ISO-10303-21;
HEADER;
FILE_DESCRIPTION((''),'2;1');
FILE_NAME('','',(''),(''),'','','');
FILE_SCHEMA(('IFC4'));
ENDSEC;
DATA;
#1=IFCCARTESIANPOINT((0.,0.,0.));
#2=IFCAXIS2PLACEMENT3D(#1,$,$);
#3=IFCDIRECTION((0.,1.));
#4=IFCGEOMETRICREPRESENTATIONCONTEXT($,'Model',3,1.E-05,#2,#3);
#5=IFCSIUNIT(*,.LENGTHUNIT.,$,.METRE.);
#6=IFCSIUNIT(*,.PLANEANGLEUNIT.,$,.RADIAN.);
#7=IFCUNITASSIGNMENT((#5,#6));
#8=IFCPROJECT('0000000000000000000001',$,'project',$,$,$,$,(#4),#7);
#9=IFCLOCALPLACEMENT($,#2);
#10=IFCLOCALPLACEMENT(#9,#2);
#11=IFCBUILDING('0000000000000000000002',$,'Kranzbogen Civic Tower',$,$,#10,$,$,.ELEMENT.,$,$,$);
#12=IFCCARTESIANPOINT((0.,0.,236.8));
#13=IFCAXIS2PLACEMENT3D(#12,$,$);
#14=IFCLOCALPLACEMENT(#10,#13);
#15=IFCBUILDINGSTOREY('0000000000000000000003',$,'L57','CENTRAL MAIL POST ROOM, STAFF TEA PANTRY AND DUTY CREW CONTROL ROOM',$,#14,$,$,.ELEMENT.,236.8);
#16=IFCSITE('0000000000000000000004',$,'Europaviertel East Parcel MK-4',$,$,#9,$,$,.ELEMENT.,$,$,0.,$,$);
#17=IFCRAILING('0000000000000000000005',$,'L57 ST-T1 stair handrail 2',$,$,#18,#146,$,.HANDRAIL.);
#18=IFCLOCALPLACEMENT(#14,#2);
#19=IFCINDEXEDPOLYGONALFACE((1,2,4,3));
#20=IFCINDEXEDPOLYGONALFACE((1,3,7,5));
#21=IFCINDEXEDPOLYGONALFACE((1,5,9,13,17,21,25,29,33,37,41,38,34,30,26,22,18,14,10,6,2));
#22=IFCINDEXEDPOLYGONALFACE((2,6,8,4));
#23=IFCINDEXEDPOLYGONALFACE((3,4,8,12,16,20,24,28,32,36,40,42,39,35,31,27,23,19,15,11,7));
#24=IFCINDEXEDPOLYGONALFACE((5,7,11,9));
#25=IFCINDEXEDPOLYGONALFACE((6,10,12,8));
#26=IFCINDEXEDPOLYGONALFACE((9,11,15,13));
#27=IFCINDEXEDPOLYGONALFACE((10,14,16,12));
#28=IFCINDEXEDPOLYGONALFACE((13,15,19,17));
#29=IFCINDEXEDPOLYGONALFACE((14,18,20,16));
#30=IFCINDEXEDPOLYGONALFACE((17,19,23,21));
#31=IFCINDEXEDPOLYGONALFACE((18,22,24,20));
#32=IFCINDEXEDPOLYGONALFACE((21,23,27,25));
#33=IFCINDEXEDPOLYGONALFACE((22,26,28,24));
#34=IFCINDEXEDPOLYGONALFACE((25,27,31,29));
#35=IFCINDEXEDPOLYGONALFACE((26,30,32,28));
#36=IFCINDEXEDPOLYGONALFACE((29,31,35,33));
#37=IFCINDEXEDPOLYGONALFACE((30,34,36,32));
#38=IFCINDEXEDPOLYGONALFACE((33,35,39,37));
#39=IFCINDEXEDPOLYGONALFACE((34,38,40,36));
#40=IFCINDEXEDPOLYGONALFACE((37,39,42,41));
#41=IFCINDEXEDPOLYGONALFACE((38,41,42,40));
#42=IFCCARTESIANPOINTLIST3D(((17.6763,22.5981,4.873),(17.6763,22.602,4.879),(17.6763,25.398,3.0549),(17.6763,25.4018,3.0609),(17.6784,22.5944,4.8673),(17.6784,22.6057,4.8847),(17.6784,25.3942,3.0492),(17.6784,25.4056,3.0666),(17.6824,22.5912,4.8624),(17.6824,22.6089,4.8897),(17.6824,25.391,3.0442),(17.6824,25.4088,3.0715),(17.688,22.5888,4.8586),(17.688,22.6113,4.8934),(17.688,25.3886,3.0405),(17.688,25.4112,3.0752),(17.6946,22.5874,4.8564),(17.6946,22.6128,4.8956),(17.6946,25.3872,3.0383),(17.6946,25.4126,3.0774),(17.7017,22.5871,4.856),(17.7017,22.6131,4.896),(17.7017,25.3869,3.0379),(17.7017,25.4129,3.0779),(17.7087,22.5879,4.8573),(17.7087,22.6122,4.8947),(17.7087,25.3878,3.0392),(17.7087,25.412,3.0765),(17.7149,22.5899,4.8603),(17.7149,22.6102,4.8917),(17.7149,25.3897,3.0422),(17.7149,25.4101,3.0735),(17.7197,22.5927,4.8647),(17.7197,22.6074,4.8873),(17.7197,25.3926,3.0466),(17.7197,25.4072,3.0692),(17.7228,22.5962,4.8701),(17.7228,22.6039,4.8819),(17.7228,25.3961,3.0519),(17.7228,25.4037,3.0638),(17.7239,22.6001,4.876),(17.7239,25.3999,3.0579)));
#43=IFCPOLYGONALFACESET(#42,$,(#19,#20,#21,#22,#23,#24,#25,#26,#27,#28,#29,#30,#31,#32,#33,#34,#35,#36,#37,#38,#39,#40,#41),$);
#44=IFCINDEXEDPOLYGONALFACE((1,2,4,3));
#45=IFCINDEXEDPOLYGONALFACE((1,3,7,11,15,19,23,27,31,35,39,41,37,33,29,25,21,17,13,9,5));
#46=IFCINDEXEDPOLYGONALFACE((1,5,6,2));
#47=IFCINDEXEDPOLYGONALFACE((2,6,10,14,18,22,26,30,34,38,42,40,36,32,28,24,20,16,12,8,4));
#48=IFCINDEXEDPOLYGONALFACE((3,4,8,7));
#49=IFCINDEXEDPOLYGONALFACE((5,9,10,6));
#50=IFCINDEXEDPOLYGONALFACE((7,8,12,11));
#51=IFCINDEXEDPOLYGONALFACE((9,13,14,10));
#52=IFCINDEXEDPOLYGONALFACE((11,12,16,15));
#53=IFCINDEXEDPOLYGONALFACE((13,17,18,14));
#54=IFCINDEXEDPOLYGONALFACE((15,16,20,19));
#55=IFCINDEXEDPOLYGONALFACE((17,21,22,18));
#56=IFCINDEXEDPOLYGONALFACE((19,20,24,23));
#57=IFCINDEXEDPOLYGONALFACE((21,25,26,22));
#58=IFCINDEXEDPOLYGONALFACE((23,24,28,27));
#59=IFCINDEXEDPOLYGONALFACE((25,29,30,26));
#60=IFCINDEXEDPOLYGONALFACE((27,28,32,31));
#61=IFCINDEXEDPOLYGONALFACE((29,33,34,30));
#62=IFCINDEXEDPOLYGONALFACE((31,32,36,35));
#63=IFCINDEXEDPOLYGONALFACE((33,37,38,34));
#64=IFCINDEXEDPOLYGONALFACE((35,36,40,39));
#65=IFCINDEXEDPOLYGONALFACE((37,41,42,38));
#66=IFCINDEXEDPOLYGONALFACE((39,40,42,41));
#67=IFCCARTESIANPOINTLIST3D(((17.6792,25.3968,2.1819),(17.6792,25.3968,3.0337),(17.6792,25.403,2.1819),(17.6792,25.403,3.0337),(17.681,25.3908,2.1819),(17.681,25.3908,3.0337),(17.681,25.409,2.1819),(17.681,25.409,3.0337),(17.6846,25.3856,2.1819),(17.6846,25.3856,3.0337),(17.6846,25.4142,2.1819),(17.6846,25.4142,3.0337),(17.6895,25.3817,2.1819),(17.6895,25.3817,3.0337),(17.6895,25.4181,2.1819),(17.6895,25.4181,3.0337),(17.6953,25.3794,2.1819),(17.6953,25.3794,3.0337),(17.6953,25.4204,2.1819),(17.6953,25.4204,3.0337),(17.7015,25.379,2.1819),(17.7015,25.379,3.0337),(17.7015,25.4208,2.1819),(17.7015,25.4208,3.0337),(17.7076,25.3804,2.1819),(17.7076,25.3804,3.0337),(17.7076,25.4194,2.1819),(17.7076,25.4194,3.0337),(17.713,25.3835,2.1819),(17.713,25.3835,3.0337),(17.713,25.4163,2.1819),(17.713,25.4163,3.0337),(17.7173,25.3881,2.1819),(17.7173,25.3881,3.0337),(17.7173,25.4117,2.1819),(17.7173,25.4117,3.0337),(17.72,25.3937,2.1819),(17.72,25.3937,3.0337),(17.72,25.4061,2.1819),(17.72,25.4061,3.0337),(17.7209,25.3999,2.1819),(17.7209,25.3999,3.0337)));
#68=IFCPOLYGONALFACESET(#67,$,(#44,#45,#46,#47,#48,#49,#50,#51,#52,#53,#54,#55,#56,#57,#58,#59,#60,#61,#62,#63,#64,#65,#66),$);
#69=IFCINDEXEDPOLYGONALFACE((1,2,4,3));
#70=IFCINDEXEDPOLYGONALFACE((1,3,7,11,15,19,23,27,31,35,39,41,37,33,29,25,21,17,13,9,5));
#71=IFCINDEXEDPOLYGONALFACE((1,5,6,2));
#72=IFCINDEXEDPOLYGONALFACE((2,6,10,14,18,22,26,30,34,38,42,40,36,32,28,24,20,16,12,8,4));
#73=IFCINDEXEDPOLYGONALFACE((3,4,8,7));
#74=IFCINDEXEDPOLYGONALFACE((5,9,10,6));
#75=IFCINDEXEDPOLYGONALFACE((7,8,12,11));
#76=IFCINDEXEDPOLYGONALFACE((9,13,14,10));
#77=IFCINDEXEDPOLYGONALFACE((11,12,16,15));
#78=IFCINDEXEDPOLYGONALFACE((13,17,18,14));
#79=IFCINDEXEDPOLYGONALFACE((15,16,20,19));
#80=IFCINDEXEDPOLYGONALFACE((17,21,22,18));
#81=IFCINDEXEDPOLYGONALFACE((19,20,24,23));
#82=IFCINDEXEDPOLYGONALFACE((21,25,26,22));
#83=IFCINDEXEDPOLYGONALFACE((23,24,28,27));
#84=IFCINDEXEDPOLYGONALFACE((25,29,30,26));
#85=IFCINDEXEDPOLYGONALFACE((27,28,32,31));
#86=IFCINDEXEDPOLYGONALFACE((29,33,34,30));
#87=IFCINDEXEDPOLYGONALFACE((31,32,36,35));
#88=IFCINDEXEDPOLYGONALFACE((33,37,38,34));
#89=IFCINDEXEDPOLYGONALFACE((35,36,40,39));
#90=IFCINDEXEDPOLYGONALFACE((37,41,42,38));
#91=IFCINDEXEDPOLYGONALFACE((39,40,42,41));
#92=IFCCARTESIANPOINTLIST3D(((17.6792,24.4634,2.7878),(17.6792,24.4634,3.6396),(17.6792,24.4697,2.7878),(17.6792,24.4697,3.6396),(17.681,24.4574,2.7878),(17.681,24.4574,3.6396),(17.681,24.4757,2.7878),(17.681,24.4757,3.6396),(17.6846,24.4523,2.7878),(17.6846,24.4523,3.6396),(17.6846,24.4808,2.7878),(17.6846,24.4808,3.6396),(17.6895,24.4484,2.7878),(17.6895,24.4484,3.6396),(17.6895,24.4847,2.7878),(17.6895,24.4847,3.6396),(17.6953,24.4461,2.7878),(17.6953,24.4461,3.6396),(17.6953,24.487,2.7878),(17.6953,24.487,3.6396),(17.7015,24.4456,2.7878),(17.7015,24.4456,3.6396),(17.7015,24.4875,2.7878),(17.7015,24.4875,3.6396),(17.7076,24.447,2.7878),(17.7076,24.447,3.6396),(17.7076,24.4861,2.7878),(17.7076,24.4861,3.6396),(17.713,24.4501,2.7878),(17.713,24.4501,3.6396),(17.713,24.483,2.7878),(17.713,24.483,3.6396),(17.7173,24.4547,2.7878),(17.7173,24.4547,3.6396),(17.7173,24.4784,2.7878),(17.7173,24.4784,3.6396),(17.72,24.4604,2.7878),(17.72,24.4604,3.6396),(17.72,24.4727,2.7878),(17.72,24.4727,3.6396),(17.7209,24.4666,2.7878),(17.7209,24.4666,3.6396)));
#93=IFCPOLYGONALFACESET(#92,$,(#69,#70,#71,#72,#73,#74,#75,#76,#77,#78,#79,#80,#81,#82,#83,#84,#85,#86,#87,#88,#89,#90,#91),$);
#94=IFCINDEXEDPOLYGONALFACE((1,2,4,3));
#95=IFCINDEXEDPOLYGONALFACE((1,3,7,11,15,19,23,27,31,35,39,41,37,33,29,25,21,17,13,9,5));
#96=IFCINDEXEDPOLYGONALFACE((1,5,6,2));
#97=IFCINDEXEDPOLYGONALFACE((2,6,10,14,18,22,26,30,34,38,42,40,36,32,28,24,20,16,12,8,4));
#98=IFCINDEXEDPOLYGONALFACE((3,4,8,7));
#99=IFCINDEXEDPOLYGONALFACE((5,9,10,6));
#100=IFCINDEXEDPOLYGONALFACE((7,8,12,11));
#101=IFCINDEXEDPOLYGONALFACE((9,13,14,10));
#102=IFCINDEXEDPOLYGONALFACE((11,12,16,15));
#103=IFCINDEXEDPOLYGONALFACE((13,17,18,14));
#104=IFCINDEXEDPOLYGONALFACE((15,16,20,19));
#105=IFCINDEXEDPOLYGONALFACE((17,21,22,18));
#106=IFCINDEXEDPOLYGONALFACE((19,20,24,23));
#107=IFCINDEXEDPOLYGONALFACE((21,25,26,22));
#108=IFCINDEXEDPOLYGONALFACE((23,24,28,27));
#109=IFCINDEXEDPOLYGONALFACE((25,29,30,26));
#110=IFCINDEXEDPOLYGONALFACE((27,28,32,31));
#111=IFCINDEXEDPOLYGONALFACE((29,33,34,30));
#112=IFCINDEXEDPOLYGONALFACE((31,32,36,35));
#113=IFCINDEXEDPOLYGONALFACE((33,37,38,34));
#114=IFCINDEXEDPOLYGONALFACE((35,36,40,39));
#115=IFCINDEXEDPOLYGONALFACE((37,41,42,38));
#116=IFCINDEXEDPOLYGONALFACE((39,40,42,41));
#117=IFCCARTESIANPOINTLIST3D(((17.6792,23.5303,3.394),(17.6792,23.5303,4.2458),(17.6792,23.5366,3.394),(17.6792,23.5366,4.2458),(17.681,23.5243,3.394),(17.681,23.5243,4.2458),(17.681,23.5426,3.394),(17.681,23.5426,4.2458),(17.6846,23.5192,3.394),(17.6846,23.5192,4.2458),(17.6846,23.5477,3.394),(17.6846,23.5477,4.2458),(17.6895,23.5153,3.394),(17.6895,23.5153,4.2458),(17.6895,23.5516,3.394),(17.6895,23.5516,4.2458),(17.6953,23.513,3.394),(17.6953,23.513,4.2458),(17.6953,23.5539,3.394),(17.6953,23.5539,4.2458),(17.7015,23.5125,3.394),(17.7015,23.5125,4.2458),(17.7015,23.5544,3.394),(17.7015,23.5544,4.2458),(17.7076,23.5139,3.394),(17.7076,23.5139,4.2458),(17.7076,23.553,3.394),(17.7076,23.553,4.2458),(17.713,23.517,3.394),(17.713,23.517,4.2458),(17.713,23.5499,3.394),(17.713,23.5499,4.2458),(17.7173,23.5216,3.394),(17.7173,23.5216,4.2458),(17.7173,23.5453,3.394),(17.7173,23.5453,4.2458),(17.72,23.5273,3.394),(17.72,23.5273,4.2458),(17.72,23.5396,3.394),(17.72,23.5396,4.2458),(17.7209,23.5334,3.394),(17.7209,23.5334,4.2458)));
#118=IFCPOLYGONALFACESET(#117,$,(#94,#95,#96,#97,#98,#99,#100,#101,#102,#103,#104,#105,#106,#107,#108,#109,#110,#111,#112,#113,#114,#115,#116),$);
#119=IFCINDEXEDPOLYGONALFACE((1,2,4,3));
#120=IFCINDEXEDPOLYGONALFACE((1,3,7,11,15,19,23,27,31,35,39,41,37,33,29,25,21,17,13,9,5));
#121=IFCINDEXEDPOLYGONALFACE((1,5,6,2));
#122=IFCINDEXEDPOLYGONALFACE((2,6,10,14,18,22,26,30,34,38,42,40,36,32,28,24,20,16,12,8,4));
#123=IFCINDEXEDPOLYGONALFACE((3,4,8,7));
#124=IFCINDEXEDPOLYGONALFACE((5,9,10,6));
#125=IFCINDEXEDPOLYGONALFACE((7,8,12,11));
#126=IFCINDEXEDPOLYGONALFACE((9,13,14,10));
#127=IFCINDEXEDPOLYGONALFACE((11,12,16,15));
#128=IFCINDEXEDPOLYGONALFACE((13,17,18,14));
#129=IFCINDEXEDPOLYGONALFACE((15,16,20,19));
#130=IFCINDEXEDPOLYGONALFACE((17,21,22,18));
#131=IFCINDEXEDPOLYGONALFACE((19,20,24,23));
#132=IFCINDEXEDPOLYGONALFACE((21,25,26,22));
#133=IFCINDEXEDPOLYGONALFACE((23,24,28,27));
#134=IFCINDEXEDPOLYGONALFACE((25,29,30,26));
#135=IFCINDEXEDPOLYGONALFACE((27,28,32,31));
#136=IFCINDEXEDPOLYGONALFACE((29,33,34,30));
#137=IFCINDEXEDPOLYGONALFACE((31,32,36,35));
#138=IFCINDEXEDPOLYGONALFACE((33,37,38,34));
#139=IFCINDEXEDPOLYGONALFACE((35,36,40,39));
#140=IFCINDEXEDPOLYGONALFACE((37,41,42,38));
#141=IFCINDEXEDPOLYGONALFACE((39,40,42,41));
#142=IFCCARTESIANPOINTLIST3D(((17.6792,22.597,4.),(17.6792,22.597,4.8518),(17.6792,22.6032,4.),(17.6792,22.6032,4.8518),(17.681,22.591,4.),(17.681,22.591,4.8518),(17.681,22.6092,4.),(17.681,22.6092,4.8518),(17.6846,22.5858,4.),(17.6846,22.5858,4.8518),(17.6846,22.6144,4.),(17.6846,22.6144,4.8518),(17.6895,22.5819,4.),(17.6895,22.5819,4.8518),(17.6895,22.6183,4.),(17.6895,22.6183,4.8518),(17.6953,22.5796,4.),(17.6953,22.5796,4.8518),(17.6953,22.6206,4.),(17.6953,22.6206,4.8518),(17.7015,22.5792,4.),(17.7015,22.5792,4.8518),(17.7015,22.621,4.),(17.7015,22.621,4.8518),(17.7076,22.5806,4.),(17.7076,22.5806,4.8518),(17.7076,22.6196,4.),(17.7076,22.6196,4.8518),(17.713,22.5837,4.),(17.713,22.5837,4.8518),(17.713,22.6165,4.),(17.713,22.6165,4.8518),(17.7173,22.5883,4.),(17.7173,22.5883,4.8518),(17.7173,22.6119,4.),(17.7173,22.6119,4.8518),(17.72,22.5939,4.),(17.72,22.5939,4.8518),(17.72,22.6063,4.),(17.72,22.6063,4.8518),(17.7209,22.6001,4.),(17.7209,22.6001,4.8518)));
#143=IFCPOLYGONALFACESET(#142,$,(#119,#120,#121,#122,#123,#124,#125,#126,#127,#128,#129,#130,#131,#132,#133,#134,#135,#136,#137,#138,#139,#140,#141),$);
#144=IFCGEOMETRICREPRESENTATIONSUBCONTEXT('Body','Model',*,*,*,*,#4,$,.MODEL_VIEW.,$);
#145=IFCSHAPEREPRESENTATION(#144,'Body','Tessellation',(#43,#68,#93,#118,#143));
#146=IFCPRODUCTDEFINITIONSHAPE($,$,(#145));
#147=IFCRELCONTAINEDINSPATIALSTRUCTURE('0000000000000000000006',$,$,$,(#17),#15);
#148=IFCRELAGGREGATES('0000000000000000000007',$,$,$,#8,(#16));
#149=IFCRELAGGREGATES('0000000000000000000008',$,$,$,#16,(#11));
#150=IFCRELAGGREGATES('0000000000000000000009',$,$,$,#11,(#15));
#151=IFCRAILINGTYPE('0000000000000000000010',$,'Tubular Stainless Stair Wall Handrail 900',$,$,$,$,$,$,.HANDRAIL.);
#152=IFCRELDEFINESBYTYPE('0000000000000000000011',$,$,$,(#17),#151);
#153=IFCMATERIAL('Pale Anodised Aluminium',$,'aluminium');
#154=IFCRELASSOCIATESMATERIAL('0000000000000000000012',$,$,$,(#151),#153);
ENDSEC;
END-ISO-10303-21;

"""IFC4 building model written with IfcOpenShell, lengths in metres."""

from ifc_helpers import new_model, si_unit, direction, frame, origin, origin_2d, place, context, subcontext, project, spatial, circle, extrude, material, type_object, element, save


model = new_model("IFC4")

# Units and contexts
model_context = context("Model", 3, precision=1e-05, world=origin(), true_north=direction((0.0, 1.0)))
body_context = subcontext(model_context, "Body", "Model", "MODEL_VIEW")
ifc_project = project(units=[si_unit("LENGTHUNIT", "METRE"), si_unit("PLANEANGLEUNIT", "RADIAN")], contexts=[model_context])

# Site, building, storey
site_placement = place(None, origin())
site = spatial("IfcSite", under=ifc_project, at=site_placement, Name="Europaviertel East Parcel MK-4", CompositionType="ELEMENT", RefElevation=0.0)
building_placement = place(site_placement, origin())
building = spatial("IfcBuilding", under=site, at=building_placement, Name="Kranzbogen Civic Tower", CompositionType="ELEMENT")
storey_placement = place(building_placement, frame((0.0, 0.0, 236.8)))
storey = spatial("IfcBuildingStorey", under=building, at=storey_placement, Name="L57", Description="CENTRAL MAIL POST ROOM, STAFF TEA PANTRY AND DUTY CREW CONTROL ROOM", CompositionType="ELEMENT", Elevation=236.8)

# Shared definitions
ifc_material_1 = material(Name="Pale Anodised Aluminium", Category="aluminium")

# Railing
railing_type_1 = type_object("IfcRailingType", Name="Tubular Stainless Stair Wall Handrail 900", PredefinedType="HANDRAIL", material=ifc_material_1)
railing_1_placement = place(storey_placement, frame((17.7, 25.3999, 2.1819)))
element("IfcRailing", 1, at=railing_1_placement, inside=storey, type_object=railing_type_1, Name="L57 ST-T1 stair handrail 2", PredefinedType="HANDRAIL", context=body_context, shape_type="SweptSolid", body=[
    extrude(circle(Radius=0.0239, at=origin_2d()), frame((0.0, 0.0, 0.876), z_axis=(0.0, -0.838684, 0.544618), x_axis=(1.0, 0.0, 0.0)), (0.0, 0.0, 1.0), 3.3384),
    extrude(circle(Radius=0.021, at=origin_2d()), origin(), (0.0, 0.0, 1.0), 0.8518),
    extrude(circle(Radius=0.021, at=origin_2d()), frame((0.0, -0.9333, 0.606)), (0.0, 0.0, 1.0), 0.8518),
    extrude(circle(Radius=0.021, at=origin_2d()), frame((0.0, -1.8665, 1.2122)), (0.0, 0.0, 1.0), 0.8518),
    extrude(circle(Radius=0.021, at=origin_2d()), frame((0.0, -2.7998, 1.8181)), (0.0, 0.0, 1.0), 0.8518),
])

save(model, "model.ifc")
